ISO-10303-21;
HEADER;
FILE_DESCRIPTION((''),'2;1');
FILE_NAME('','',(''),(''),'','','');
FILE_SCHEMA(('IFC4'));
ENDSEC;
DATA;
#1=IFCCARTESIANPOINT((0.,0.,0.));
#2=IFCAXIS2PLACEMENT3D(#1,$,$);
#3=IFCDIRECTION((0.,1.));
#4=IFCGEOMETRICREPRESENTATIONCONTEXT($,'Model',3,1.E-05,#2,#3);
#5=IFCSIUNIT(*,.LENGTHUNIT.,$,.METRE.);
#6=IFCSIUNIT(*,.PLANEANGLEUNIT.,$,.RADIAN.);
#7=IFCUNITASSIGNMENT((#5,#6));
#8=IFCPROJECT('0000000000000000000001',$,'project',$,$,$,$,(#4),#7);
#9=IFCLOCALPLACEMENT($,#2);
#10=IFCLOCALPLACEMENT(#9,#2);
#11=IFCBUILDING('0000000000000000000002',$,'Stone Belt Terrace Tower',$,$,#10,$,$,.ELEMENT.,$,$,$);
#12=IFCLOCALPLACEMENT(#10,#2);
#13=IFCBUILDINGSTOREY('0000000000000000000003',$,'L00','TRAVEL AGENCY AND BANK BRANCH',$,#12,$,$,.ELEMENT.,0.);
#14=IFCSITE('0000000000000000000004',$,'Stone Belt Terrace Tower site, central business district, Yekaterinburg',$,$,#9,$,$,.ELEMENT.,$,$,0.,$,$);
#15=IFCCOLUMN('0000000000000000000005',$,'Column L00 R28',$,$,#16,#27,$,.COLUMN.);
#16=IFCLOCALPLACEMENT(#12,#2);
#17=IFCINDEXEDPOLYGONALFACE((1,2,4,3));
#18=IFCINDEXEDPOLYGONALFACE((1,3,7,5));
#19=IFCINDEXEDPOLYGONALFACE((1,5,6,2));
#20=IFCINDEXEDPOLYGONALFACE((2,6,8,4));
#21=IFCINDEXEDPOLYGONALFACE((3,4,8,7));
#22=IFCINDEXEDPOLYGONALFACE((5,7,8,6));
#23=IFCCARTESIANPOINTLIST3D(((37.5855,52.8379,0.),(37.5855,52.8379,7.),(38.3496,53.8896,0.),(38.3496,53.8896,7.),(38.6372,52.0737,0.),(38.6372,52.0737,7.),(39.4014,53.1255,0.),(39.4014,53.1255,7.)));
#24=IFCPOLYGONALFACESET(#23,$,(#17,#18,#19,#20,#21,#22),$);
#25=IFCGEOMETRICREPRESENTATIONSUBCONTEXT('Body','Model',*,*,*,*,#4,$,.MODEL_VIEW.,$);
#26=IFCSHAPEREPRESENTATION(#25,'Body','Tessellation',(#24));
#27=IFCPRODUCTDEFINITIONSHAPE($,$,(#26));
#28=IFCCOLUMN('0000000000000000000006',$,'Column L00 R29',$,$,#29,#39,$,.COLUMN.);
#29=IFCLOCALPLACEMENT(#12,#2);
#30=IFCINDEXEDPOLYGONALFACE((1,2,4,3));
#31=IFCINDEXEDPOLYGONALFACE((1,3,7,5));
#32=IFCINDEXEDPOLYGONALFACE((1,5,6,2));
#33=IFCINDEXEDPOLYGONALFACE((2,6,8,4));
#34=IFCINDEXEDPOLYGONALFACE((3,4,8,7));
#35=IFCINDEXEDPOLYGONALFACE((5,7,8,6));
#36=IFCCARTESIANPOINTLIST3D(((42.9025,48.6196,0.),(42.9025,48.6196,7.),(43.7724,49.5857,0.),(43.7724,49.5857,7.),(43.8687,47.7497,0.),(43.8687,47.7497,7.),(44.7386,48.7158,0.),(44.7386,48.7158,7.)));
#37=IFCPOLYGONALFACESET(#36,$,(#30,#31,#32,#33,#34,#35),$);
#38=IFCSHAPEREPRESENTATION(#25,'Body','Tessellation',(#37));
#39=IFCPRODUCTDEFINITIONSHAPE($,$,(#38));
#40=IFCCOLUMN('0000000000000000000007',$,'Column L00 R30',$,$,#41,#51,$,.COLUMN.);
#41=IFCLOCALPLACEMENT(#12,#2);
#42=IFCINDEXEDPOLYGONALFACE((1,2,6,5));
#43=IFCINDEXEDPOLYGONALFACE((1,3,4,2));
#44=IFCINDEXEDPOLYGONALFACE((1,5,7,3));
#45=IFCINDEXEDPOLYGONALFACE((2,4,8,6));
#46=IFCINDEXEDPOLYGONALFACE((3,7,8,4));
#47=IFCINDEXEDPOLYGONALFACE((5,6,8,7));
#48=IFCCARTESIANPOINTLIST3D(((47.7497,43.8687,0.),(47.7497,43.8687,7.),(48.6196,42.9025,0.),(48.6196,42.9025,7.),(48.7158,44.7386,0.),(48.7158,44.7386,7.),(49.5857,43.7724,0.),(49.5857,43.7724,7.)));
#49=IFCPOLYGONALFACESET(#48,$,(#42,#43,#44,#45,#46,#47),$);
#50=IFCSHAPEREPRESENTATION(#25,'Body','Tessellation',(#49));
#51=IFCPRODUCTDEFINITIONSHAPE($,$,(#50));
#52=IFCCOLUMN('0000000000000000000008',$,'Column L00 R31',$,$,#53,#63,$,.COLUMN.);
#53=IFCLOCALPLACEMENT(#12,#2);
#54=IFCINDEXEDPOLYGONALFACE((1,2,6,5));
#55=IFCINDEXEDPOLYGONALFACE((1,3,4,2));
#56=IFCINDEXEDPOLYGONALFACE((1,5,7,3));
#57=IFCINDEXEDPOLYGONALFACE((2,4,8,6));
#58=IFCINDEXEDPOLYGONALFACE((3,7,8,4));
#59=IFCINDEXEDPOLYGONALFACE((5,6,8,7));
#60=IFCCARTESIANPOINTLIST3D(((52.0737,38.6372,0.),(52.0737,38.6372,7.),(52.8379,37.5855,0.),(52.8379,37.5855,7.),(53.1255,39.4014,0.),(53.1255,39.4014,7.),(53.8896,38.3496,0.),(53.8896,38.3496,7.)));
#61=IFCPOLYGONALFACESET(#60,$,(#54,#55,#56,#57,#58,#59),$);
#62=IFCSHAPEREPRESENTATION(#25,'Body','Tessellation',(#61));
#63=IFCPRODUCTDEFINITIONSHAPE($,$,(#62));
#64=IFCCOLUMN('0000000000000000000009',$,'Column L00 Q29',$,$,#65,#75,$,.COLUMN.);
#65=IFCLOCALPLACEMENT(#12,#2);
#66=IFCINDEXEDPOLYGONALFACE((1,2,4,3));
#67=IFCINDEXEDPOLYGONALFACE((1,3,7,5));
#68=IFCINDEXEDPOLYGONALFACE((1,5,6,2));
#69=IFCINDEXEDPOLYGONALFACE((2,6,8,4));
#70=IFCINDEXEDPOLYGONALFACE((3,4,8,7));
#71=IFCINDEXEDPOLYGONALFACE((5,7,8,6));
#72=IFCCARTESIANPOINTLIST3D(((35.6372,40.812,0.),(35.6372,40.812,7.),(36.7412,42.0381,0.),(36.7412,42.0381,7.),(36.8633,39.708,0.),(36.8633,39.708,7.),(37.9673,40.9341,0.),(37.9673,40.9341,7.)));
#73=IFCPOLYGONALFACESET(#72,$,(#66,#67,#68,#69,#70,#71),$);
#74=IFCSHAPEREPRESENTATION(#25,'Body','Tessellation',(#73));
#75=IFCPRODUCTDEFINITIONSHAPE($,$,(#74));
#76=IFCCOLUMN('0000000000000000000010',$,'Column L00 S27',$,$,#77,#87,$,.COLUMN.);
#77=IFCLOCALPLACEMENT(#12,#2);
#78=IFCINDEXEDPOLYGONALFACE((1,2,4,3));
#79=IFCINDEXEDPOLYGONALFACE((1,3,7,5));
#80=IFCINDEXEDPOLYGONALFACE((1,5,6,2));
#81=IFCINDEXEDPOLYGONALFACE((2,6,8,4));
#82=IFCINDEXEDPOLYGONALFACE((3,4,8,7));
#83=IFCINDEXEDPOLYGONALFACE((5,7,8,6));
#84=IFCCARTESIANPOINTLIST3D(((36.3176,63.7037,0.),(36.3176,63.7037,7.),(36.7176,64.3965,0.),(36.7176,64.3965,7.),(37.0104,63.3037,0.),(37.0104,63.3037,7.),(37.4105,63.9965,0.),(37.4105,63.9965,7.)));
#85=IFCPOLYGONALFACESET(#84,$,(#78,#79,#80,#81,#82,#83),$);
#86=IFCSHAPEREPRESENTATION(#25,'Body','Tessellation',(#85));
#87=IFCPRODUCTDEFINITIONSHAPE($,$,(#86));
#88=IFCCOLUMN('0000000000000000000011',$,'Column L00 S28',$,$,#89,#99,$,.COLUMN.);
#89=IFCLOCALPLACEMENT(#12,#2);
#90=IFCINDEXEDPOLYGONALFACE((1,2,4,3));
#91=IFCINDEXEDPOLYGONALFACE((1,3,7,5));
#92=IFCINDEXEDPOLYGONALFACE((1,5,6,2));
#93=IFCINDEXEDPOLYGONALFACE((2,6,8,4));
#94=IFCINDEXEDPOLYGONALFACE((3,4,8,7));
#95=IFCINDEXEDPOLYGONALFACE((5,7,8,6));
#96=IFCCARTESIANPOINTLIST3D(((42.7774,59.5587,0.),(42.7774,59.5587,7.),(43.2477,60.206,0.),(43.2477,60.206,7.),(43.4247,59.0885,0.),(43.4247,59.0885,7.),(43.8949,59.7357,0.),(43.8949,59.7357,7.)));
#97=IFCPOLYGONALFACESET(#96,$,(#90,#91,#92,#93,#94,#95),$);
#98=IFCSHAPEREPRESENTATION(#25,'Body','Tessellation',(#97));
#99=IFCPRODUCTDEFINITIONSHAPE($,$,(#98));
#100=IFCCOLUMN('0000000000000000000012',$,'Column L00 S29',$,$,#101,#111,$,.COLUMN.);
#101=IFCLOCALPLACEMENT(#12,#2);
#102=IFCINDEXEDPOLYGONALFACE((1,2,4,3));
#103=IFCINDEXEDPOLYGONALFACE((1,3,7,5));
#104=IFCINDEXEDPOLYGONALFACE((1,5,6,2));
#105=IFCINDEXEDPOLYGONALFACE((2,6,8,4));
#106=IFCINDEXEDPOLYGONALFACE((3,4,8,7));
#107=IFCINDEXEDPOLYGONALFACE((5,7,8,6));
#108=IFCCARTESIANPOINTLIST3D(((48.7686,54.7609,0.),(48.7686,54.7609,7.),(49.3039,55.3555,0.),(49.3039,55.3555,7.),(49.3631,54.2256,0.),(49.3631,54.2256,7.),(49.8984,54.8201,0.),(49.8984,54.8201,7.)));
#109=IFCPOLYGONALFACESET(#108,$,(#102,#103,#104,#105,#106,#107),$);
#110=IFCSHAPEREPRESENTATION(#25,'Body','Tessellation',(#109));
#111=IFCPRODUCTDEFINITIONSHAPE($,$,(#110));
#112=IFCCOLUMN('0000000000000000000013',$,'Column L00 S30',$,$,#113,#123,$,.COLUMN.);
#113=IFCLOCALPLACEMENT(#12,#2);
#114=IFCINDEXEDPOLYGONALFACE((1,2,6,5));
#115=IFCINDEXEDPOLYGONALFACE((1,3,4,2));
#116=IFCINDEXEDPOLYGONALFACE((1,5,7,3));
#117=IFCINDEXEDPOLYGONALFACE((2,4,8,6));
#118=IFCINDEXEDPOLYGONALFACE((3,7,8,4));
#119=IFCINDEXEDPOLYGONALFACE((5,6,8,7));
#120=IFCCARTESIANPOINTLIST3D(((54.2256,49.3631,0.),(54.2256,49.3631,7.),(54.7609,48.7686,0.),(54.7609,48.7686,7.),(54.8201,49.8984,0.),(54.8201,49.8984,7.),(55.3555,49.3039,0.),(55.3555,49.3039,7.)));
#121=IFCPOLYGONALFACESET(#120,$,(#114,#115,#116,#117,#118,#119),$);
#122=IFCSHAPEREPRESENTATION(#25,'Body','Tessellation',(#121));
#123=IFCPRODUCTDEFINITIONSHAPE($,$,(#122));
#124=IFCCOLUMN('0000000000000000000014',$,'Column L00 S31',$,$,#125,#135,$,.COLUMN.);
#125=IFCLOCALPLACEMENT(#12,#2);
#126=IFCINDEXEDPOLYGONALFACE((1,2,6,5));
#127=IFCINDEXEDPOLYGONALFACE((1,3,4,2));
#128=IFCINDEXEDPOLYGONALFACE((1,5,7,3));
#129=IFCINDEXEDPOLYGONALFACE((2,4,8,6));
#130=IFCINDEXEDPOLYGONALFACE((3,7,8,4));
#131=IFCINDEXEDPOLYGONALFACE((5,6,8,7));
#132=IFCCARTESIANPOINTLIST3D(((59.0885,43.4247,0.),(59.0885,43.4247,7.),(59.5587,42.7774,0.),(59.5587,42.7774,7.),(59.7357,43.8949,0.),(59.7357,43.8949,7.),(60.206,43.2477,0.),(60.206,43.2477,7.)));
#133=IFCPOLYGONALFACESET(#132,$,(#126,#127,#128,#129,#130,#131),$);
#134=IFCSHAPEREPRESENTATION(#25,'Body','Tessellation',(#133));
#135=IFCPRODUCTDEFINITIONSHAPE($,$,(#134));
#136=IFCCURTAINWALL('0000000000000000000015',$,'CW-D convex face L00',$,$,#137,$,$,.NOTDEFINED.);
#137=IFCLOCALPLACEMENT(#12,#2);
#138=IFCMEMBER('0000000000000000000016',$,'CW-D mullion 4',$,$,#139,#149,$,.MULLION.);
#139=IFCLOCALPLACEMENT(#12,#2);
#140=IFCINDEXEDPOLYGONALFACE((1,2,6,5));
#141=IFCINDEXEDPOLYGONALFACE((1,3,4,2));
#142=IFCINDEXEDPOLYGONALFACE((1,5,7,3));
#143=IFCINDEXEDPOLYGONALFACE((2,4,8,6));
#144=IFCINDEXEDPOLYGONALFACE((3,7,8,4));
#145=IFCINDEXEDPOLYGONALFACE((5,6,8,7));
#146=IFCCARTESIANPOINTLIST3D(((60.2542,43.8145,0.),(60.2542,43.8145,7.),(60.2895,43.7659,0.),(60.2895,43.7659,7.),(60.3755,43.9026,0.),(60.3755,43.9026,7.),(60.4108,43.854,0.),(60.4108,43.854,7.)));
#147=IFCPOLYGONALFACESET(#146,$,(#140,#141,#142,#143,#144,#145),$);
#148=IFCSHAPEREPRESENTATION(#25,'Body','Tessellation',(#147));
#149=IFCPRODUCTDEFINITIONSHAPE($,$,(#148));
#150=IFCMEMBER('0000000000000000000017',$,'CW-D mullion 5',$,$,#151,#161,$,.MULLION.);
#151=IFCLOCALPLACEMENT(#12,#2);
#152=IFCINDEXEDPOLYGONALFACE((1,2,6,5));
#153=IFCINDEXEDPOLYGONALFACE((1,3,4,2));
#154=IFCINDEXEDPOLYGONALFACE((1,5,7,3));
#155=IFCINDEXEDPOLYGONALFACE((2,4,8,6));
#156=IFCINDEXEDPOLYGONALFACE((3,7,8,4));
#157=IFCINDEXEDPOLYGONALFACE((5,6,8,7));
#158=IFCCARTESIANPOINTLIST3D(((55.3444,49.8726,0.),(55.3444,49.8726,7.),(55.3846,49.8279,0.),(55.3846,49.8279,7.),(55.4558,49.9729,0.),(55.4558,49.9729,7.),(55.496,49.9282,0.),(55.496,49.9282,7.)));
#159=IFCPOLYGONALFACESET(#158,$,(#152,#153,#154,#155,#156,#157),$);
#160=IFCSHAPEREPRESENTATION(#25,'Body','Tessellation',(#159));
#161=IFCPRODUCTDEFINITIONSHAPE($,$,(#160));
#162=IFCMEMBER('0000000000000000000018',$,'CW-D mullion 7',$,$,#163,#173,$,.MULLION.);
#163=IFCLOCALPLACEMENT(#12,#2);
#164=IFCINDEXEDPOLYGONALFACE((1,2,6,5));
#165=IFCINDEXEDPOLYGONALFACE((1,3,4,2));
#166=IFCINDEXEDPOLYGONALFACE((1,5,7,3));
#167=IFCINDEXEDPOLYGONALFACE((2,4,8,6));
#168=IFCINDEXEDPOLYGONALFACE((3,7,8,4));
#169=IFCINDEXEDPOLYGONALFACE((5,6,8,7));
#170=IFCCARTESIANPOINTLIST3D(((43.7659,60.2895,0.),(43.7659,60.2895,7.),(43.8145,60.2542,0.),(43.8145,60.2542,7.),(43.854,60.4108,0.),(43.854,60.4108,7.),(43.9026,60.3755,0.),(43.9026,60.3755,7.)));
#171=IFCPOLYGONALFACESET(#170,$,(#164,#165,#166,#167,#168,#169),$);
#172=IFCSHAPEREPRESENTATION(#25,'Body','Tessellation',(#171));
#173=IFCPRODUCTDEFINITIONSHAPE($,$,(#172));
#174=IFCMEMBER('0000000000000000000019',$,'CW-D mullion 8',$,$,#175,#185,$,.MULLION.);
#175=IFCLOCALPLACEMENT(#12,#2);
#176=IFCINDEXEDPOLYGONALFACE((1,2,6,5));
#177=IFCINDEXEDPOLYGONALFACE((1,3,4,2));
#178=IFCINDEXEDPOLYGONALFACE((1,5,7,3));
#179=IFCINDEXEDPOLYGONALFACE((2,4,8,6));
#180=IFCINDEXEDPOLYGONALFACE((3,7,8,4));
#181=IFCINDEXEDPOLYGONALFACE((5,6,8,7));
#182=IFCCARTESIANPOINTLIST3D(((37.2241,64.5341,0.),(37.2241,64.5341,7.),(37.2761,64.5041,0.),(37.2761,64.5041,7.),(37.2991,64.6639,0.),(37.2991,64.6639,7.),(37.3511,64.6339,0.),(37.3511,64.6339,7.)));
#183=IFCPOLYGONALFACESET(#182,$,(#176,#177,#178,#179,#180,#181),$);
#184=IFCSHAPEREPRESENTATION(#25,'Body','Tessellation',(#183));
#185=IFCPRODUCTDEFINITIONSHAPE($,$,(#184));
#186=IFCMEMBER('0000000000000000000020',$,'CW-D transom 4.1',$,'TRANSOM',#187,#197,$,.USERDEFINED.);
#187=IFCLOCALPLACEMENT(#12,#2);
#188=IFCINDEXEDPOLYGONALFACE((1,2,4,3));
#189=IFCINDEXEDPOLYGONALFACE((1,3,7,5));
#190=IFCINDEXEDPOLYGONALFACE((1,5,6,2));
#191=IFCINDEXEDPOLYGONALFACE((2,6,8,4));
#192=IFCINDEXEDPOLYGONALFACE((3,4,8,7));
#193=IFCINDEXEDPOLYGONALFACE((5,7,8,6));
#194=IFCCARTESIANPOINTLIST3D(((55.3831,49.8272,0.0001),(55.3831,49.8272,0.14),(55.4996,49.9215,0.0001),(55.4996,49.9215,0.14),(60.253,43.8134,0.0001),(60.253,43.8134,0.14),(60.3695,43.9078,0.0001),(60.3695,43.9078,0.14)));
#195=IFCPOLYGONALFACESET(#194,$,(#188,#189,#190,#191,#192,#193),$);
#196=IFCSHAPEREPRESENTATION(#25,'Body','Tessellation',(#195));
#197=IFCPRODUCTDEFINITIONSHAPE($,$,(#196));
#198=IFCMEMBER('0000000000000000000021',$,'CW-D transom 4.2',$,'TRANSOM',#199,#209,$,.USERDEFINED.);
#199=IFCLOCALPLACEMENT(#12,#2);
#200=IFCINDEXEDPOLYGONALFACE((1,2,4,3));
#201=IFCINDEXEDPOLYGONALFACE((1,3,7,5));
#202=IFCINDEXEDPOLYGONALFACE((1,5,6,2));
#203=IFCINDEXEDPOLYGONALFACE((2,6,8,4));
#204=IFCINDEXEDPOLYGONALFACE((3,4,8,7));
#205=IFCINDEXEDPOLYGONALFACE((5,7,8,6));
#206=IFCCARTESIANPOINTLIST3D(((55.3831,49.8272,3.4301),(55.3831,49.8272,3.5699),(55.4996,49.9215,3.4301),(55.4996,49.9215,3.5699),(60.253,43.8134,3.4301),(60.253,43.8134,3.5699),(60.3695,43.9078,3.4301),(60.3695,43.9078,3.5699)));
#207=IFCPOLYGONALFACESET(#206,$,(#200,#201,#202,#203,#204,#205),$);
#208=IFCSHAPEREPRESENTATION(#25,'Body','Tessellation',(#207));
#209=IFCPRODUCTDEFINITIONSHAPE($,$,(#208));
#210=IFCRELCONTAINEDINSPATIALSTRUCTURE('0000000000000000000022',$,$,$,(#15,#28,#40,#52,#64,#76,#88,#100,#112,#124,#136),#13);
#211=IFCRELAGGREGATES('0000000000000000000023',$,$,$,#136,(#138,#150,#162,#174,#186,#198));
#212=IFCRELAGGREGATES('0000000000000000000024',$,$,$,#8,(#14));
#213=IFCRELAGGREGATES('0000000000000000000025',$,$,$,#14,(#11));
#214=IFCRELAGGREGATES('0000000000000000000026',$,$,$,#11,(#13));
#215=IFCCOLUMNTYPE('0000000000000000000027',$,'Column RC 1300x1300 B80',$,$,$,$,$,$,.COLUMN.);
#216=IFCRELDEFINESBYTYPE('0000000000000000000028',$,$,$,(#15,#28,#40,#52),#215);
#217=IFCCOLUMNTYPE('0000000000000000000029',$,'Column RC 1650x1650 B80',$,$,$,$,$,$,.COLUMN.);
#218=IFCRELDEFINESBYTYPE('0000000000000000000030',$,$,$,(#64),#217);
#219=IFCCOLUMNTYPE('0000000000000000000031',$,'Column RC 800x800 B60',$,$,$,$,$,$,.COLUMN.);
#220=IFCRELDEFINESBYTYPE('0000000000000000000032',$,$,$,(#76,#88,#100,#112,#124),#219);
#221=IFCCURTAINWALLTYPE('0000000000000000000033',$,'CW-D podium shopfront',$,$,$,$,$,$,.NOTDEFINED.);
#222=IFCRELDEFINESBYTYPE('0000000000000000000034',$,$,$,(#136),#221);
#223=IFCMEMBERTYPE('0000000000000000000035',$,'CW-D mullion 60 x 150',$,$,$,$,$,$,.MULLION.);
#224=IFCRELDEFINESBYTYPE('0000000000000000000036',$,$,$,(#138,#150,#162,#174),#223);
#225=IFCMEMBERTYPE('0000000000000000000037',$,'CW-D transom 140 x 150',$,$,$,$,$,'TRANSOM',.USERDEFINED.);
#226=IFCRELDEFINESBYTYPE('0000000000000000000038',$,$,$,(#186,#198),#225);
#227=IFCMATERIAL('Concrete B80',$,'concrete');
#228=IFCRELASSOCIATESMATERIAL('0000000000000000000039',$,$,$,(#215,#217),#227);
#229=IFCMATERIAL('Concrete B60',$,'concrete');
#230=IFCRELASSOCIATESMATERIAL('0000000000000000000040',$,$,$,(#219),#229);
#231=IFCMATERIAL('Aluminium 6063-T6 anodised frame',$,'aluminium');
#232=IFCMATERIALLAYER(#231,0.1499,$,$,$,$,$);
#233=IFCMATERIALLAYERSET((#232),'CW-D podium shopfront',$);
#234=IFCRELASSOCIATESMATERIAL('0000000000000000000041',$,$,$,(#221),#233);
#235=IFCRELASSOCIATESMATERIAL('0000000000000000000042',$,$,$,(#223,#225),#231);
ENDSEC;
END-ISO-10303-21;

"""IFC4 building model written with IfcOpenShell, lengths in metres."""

from ifc_helpers import new_model, si_unit, direction, frame, origin, origin_2d, place, context, subcontext, project, spatial, rectangle, extrude, material, layer, layer_set, material_profile, profile_set, type_object, element, aggregate, save


model = new_model("IFC4")

# Units and contexts
model_context = context("Model", 3, precision=1e-05, world=origin(), true_north=direction((0.0, 1.0)))
body_context = subcontext(model_context, "Body", "Model", "MODEL_VIEW")
ifc_project = project(units=[si_unit("LENGTHUNIT", "METRE"), si_unit("PLANEANGLEUNIT", "RADIAN")], contexts=[model_context])

# Site, building, storey
site_placement = place(None, origin())
site = spatial("IfcSite", under=ifc_project, at=site_placement, Name="Stone Belt Terrace Tower site, central business district, Yekaterinburg", CompositionType="ELEMENT", RefElevation=0.0)
building_placement = place(site_placement, origin())
building = spatial("IfcBuilding", under=site, at=building_placement, Name="Stone Belt Terrace Tower", CompositionType="ELEMENT")
storey_placement = place(building_placement, origin())
storey = spatial("IfcBuildingStorey", under=building, at=storey_placement, Name="L00", Description="TRAVEL AGENCY AND BANK BRANCH", CompositionType="ELEMENT", Elevation=0.0)

# Columns
ifc_material_1 = material(Name="Concrete B80", Category="concrete")
ifc_material_profile_1 = material_profile(ifc_material_1, rectangle(XDim=1.3, YDim=1.3, at=origin_2d()), Name="RC 1300x1300")
ifc_profile_set_1 = profile_set([ifc_material_profile_1], Name="Concrete B80")
column_type_1 = type_object("IfcColumnType", Name="Column RC 1300x1300 B80", PredefinedType="COLUMN", material=ifc_profile_set_1)
for number, where, z_axis, x_axis, name in (
    (1, (38.4934, 52.9817, 0.0), (0.0, 0.0, 1.0), (0.809017, -0.587785, 0.0), "Column L00 R28"),
    (2, (43.8206, 48.6677, 0.0), (0.0, 0.0, 1.0), (0.743145, -0.669131, 0.0), "Column L00 R29"),
    (3, (48.6677, 43.8206, 0.0), (0.0, 0.0, 1.0), (0.669131, -0.743145, 0.0), "Column L00 R30"),
    (4, (52.9817, 38.4934, 0.0), (0.0, 0.0, 1.0), (0.587785, -0.809017, 0.0), "Column L00 R31"),
):
    element("IfcColumn", number, at=place(storey_placement, frame(where, z_axis=z_axis, x_axis=x_axis)), inside=storey, type_object=column_type_1, Name=name, PredefinedType="COLUMN", context=body_context, shape_type="SweptSolid", body=[
        extrude(rectangle(XDim=1.3, YDim=1.3, at=origin_2d()), origin(), (0.0, 0.0, 1.0), 7.0),
    ])
ifc_material_profile_2 = material_profile(ifc_material_1, rectangle(XDim=1.6499, YDim=1.6499, at=origin_2d()), Name="RC 1650x1650")
ifc_profile_set_2 = profile_set([ifc_material_profile_2], Name="Concrete B80")
column_type_2 = type_object("IfcColumnType", Name="Column RC 1650x1650 B80", PredefinedType="COLUMN", material=ifc_profile_set_2)
column_placement = place(storey_placement, frame((36.8022, 40.873, 0.0), z_axis=(0.0, 0.0, 1.0), x_axis=(0.743145, -0.669131, 0.0)))
element("IfcColumn", 5, at=column_placement, inside=storey, type_object=column_type_2, Name="Column L00 Q29", PredefinedType="COLUMN", context=body_context, shape_type="SweptSolid", body=[
    extrude(rectangle(XDim=1.6499, YDim=1.6499, at=origin_2d()), origin(), (0.0, 0.0, 1.0), 7.0),
])
ifc_material_2 = material(Name="Concrete B60", Category="concrete")
ifc_material_profile_3 = material_profile(ifc_material_2, rectangle(XDim=0.8, YDim=0.8, at=origin_2d()), Name="RC 800x800")
ifc_profile_set_3 = profile_set([ifc_material_profile_3], Name="Concrete B60")
column_type_3 = type_object("IfcColumnType", Name="Column RC 800x800 B60", PredefinedType="COLUMN", material=ifc_profile_set_3)
for number, where, z_axis, x_axis, name in (
    (6, (36.864, 63.8501, 0.0), (0.0, 0.0, 1.0), (0.866025, -0.5, 0.0), "Column L00 S27"),
    (7, (43.3362, 59.6472, 0.0), (0.0, 0.0, 1.0), (0.809017, -0.587785, 0.0), "Column L00 S28"),
    (8, (49.3335, 54.7905, 0.0), (0.0, 0.0, 1.0), (0.743145, -0.669131, 0.0), "Column L00 S29"),
    (9, (54.7905, 49.3335, 0.0), (0.0, 0.0, 1.0), (0.669131, -0.743145, 0.0), "Column L00 S30"),
    (10, (59.6472, 43.3362, 0.0), (0.0, 0.0, 1.0), (0.587785, -0.809017, 0.0), "Column L00 S31"),
):
    element("IfcColumn", number, at=place(storey_placement, frame(where, z_axis=z_axis, x_axis=x_axis)), inside=storey, type_object=column_type_3, Name=name, PredefinedType="COLUMN", context=body_context, shape_type="SweptSolid", body=[
        extrude(rectangle(XDim=0.8, YDim=0.8, at=origin_2d()), origin(), (0.0, 0.0, 1.0), 7.0),
    ])

# Curtain wall, members
ifc_material_3 = material(Name="Aluminium 6063-T6 anodised frame", Category="aluminium")
ifc_layer_1 = layer(ifc_material_3, 0.1499)
ifc_layer_set_1 = layer_set([ifc_layer_1], Name="CW-D podium shopfront")
curtain_wall_type = type_object("IfcCurtainWallType", Name="CW-D podium shopfront", PredefinedType="NOTDEFINED", material=ifc_layer_set_1)
curtain_wall_placement = place(storey_placement, origin())
curtain_wall = element("IfcCurtainWall", 11, at=curtain_wall_placement, inside=storey, type_object=curtain_wall_type, Name="CW-D convex face L00", PredefinedType="NOTDEFINED")
ifc_material_profile_4 = material_profile(ifc_material_3, rectangle(XDim=0.1499, YDim=0.0601, at=origin_2d()), Name="Aluminium 6063-T6 60x150")
ifc_profile_set_4 = profile_set([ifc_material_profile_4], Name="Aluminium 6063-T6 anodised frame")
member_type_1 = type_object("IfcMemberType", Name="CW-D mullion 60 x 150", PredefinedType="MULLION", material=ifc_profile_set_4)
member_1_placement = place(storey_placement, frame((60.3325, 43.8342, 0.0), z_axis=(0.0, 0.0, 1.0), x_axis=(-0.809017, -0.587785, 0.0)))
member_1 = element("IfcMember", 12, at=member_1_placement, type_object=member_type_1, Name="CW-D mullion 4", PredefinedType="MULLION", context=body_context, shape_type="SweptSolid", body=[
    extrude(rectangle(XDim=0.1499, YDim=0.0601, at=origin_2d()), origin(), (0.0, 0.0, 1.0), 7.0),
])
member_2_placement = place(storey_placement, frame((55.4202, 49.9004, 0.0), z_axis=(0.0, 0.0, 1.0), x_axis=(-0.743145, -0.669131, 0.0)))
member_2 = element("IfcMember", 13, at=member_2_placement, type_object=member_type_1, Name="CW-D mullion 5", PredefinedType="MULLION", context=body_context, shape_type="SweptSolid", body=[
    extrude(rectangle(XDim=0.1499, YDim=0.0601, at=origin_2d()), origin(), (0.0, 0.0, 1.0), 7.0),
])
member_3_placement = place(storey_placement, frame((43.8342, 60.3325, 0.0), z_axis=(0.0, 0.0, 1.0), x_axis=(-0.587785, -0.809017, 0.0)))
member_3 = element("IfcMember", 14, at=member_3_placement, type_object=member_type_1, Name="CW-D mullion 7", PredefinedType="MULLION", context=body_context, shape_type="SweptSolid", body=[
    extrude(rectangle(XDim=0.1499, YDim=0.0601, at=origin_2d()), origin(), (0.0, 0.0, 1.0), 7.0),
])
member_4_placement = place(storey_placement, frame((37.2876, 64.584, 0.0), z_axis=(0.0, 0.0, 1.0), x_axis=(-0.5, -0.866025, 0.0)))
member_4 = element("IfcMember", 15, at=member_4_placement, type_object=member_type_1, Name="CW-D mullion 8", PredefinedType="MULLION", context=body_context, shape_type="SweptSolid", body=[
    extrude(rectangle(XDim=0.1499, YDim=0.0601, at=origin_2d()), origin(), (0.0, 0.0, 1.0), 7.0),
])
ifc_material_profile_5 = material_profile(ifc_material_3, rectangle(XDim=0.1499, YDim=0.1399, at=origin_2d()), Name="Aluminium 6063-T6 150x140")
ifc_profile_set_5 = profile_set([ifc_material_profile_5], Name="Aluminium 6063-T6 anodised frame")
member_type_2 = type_object("IfcMemberType", Name="CW-D transom 140 x 150", ElementType="TRANSOM", PredefinedType="USERDEFINED", material=ifc_profile_set_5)
member_5_placement = place(storey_placement, frame((60.3113, 43.8606, 0.0701), z_axis=(-0.629328, 0.77714, 0.0), x_axis=(-0.77714, -0.629328, 0.0)))
member_5 = element("IfcMember", 16, at=member_5_placement, type_object=member_type_2, Name="CW-D transom 4.1", ObjectType="TRANSOM", PredefinedType="USERDEFINED", context=body_context, shape_type="SweptSolid", body=[
    extrude(rectangle(XDim=0.1499, YDim=0.1399, at=origin_2d()), origin(), (0.0, 0.0, 1.0), 7.7383),
])
member_6_placement = place(storey_placement, frame((60.3113, 43.8606, 3.5), z_axis=(-0.629328, 0.77714, 0.0), x_axis=(-0.77714, -0.629328, 0.0)))
member_6 = element("IfcMember", 17, at=member_6_placement, type_object=member_type_2, Name="CW-D transom 4.2", ObjectType="TRANSOM", PredefinedType="USERDEFINED", context=body_context, shape_type="SweptSolid", body=[
    extrude(rectangle(XDim=0.1499, YDim=0.1399, at=origin_2d()), origin(), (0.0, 0.0, 1.0), 7.7383),
])
aggregate(curtain_wall, [member_1, member_2, member_3, member_4, member_5, member_6])

save(model, "model.ifc")
